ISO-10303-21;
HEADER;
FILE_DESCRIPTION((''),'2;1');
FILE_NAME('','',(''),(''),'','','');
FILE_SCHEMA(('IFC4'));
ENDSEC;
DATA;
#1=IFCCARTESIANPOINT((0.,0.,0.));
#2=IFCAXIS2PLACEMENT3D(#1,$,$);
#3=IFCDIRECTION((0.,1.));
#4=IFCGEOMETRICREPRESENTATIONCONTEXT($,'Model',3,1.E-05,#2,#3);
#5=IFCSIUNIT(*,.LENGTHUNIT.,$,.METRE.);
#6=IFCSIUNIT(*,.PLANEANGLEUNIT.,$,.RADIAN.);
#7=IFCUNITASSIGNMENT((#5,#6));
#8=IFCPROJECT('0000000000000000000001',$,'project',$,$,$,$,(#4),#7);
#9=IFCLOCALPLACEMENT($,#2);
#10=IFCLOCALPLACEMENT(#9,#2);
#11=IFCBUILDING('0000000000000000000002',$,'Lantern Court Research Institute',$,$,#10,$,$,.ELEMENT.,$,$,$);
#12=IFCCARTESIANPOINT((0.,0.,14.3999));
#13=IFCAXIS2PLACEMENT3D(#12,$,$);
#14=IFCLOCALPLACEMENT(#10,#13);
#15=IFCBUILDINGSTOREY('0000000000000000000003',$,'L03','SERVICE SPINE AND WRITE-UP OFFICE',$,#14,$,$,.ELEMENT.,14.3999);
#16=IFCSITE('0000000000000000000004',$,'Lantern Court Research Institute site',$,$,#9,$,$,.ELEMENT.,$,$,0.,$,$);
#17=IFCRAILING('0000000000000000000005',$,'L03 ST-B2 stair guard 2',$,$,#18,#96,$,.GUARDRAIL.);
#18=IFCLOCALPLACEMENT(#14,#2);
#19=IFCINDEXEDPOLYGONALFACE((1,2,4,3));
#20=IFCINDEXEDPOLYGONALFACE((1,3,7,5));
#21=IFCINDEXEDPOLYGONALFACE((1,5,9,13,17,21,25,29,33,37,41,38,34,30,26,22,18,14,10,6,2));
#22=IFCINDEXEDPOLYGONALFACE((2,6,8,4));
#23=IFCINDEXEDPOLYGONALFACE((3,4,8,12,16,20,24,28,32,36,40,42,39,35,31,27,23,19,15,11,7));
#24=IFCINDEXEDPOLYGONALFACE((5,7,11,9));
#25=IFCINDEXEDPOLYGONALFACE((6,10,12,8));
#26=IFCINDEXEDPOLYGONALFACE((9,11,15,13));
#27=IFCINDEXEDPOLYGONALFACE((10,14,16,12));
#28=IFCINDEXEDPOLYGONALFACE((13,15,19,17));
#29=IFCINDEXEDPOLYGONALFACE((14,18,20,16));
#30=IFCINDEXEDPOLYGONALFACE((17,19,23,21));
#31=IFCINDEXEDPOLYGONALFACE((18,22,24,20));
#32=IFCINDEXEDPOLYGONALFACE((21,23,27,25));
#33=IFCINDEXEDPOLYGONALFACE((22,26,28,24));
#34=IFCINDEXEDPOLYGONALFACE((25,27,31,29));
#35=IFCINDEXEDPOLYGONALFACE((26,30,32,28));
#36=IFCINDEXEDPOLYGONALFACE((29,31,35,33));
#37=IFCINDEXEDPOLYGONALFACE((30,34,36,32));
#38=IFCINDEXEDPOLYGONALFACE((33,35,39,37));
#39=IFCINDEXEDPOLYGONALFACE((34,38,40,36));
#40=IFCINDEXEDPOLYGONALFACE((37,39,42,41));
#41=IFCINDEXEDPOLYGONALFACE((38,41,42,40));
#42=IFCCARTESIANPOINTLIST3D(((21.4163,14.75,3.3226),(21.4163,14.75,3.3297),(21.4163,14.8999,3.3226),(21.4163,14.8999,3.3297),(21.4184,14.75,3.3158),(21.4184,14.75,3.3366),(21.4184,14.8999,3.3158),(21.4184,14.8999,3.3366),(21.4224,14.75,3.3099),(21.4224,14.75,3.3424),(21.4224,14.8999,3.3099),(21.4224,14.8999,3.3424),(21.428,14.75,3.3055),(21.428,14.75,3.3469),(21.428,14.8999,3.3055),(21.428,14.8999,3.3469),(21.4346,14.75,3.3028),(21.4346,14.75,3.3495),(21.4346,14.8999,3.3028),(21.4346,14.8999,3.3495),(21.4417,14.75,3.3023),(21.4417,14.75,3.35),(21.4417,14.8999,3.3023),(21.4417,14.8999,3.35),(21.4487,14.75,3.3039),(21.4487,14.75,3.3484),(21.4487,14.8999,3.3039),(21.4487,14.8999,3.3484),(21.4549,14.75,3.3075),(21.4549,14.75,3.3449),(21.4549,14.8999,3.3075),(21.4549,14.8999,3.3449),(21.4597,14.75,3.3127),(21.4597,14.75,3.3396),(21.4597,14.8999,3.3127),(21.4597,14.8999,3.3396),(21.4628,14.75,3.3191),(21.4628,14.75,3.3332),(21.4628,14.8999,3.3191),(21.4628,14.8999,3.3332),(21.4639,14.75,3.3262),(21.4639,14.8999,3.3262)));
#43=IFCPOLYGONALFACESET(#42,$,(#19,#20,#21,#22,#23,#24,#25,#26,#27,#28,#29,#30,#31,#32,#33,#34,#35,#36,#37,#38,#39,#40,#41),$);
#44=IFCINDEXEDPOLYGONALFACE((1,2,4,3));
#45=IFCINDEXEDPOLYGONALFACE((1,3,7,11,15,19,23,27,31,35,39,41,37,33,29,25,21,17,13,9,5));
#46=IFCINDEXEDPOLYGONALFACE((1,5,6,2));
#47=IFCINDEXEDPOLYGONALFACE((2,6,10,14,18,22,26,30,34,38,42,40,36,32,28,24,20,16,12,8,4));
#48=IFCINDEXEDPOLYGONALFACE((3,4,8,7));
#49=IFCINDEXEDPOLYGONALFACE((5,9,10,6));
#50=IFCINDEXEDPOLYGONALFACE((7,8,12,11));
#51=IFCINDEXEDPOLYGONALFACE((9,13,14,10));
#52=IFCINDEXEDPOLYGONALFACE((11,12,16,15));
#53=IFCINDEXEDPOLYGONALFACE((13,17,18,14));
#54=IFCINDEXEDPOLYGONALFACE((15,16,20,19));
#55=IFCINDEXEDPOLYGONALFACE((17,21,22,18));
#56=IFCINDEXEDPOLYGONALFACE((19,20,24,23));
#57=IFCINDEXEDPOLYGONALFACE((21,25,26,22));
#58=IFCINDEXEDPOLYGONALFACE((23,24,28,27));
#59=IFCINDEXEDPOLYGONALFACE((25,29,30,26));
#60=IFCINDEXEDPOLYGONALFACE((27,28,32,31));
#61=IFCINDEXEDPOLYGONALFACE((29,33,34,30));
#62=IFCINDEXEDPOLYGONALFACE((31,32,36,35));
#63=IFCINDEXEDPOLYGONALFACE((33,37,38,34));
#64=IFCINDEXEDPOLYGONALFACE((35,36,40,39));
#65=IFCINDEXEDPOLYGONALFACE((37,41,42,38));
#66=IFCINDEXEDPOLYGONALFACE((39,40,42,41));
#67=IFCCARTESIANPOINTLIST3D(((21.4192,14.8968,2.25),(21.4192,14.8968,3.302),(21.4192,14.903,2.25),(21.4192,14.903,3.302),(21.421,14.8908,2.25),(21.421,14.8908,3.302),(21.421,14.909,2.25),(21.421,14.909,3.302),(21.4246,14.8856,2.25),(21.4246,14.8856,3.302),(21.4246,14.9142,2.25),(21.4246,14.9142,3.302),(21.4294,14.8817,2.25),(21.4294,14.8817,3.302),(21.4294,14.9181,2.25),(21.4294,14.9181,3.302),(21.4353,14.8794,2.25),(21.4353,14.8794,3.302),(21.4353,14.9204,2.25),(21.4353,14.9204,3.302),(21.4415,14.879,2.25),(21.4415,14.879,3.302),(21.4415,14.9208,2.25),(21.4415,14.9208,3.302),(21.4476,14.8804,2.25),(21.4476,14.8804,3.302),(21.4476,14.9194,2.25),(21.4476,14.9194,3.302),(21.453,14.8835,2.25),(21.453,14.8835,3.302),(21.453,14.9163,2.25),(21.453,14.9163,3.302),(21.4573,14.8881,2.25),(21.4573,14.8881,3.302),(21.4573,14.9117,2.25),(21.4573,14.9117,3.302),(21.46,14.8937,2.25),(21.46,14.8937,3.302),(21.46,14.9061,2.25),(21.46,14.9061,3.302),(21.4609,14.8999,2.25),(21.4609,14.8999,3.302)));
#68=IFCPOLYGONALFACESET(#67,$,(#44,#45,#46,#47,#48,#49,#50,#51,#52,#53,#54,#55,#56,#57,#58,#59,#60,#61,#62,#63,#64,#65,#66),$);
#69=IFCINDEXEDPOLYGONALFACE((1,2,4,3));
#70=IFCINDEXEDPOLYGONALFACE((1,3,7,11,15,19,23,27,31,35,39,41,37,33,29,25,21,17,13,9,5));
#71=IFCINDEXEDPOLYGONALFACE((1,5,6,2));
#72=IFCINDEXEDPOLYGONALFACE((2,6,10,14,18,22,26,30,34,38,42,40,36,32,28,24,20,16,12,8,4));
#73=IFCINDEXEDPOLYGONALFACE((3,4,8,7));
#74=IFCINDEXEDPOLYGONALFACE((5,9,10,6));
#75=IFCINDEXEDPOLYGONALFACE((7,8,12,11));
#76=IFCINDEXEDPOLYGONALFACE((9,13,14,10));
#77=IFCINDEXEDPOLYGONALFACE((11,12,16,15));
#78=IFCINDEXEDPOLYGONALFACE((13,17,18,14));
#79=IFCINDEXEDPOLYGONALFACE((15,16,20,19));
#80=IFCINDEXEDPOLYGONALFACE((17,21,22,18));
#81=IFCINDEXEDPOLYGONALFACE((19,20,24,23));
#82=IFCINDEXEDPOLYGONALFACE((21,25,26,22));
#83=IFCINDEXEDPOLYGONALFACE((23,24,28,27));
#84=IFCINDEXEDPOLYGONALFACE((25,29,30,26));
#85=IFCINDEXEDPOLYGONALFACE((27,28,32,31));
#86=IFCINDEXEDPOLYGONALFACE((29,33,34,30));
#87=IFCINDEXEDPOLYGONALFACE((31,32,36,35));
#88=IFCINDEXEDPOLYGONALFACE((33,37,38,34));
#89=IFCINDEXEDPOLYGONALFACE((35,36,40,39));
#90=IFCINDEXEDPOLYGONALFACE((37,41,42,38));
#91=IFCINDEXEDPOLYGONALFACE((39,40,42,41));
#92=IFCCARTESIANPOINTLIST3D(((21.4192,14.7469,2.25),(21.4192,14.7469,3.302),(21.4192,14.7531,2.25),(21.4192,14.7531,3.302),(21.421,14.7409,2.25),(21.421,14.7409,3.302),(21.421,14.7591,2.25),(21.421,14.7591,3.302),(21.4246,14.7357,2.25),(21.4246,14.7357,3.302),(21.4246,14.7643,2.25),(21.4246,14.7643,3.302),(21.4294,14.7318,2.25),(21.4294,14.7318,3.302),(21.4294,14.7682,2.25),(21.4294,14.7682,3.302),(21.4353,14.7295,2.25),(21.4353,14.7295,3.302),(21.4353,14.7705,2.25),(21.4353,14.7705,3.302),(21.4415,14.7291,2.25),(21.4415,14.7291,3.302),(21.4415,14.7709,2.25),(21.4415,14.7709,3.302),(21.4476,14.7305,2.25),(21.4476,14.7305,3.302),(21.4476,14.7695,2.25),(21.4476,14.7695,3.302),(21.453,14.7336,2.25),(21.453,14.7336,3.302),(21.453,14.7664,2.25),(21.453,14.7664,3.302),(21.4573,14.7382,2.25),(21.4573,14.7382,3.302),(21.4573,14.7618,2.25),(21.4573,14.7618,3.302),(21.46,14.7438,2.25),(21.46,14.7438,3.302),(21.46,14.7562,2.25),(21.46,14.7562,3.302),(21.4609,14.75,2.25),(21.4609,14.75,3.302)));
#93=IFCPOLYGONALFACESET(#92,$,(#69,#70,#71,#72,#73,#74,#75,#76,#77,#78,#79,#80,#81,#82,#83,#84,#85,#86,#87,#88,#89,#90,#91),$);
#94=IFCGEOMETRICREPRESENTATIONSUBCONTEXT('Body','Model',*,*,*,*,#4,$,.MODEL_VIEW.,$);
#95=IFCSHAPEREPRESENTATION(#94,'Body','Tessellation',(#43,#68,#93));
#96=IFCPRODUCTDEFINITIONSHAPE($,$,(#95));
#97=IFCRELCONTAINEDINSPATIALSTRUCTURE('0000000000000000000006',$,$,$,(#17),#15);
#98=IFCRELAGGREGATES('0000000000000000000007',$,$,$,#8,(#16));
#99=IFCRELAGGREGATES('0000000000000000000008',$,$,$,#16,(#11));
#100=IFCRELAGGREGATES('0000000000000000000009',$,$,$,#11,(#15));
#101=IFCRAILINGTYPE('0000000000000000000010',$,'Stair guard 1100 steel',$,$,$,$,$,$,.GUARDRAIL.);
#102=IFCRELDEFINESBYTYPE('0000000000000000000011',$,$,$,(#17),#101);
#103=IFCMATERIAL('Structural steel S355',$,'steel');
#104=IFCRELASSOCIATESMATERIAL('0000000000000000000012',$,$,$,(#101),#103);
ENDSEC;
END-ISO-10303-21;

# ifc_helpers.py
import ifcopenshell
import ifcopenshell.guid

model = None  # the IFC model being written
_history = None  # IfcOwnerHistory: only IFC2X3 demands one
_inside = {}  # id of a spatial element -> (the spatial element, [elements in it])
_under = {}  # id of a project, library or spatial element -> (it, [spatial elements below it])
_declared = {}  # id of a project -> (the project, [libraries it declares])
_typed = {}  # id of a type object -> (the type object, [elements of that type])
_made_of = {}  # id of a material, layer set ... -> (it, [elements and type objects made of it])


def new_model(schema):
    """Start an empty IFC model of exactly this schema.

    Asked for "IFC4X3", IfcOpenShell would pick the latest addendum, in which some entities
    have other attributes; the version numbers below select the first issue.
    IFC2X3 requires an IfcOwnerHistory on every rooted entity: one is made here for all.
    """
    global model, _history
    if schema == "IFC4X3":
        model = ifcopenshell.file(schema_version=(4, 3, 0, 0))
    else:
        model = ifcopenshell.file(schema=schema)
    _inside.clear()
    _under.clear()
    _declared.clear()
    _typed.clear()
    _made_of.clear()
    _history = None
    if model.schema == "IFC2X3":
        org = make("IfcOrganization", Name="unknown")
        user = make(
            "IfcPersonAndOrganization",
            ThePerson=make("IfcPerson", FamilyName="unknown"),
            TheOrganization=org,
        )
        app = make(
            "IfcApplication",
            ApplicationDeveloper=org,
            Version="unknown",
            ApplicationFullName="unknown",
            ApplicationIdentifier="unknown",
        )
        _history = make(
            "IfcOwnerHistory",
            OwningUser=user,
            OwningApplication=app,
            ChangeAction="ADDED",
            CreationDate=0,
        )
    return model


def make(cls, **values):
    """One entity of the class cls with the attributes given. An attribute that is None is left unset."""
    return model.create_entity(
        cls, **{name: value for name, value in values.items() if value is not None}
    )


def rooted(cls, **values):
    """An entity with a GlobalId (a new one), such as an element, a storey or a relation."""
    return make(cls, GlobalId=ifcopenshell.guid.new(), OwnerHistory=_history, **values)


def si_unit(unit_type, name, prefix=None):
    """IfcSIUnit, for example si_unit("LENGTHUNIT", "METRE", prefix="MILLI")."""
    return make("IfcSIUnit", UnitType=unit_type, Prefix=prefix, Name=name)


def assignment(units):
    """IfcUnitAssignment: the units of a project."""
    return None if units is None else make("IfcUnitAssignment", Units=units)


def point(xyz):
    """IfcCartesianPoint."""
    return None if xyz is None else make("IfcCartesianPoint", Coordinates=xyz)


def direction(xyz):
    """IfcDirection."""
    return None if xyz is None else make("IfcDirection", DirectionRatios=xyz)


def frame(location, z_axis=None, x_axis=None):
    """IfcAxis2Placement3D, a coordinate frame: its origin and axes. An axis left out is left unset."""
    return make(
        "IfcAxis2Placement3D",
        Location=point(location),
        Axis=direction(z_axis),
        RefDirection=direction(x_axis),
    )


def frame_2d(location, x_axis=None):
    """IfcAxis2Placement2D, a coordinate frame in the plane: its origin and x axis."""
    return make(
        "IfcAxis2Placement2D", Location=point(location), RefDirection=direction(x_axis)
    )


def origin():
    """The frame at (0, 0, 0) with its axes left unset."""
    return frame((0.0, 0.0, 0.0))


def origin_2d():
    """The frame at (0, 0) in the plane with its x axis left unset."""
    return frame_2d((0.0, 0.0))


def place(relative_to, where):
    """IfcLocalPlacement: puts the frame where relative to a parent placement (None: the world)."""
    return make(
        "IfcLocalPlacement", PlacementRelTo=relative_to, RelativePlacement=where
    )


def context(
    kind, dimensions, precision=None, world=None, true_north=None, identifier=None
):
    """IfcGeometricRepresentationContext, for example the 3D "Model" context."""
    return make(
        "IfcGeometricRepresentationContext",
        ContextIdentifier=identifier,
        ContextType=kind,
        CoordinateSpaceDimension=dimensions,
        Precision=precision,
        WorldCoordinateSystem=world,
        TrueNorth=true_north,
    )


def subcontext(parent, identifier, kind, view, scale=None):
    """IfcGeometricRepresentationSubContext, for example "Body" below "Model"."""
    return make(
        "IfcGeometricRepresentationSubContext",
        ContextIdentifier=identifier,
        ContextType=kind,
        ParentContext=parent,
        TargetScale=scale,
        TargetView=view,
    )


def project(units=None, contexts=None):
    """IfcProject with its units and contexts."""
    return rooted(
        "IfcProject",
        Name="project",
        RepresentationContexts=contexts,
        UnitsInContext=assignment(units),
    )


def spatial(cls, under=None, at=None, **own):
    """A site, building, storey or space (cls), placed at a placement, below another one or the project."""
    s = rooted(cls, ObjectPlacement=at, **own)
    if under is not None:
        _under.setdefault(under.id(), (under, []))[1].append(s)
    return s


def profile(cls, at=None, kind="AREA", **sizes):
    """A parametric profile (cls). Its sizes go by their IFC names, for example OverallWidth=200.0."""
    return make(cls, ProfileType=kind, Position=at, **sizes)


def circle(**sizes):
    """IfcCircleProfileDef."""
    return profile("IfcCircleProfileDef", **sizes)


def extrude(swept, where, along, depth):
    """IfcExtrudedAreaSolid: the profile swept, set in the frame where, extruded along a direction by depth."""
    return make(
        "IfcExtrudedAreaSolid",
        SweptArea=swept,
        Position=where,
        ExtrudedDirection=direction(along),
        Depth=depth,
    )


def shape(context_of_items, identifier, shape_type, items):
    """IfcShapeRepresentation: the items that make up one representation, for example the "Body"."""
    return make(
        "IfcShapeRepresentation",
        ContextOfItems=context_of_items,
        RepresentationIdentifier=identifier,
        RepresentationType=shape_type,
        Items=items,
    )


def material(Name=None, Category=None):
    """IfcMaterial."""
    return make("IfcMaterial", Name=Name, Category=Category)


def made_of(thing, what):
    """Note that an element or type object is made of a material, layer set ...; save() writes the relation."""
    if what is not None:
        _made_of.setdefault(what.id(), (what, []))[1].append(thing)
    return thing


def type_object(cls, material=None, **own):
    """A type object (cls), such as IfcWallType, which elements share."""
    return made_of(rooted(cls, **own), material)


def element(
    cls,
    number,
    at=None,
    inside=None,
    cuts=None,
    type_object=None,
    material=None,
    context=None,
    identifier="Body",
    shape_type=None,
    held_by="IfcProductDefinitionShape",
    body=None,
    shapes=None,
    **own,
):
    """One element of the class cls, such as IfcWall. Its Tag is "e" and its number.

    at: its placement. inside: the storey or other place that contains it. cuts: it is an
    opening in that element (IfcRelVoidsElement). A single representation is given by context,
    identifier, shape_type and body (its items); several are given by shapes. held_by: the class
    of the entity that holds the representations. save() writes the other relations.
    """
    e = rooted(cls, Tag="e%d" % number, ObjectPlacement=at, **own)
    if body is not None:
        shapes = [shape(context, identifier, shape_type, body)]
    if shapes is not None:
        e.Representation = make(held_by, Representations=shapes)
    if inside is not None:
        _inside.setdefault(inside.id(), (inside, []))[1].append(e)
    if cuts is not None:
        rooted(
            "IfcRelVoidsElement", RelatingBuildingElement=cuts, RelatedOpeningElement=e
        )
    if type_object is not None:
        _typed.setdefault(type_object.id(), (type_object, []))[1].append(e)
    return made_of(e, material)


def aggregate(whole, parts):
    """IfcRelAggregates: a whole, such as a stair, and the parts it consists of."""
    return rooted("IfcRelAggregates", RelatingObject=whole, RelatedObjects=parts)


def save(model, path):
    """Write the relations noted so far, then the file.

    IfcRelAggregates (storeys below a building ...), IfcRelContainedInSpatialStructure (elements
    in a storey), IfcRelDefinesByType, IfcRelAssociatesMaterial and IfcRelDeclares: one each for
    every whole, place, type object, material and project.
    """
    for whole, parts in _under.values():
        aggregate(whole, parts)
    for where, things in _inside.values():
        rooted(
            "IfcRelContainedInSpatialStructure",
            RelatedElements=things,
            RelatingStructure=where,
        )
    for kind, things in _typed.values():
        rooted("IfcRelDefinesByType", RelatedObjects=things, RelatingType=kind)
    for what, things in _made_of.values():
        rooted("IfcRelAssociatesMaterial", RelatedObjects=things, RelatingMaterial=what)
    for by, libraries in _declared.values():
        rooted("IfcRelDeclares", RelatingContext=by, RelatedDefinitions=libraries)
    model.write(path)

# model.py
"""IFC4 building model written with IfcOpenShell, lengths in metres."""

from ifc_helpers import new_model, si_unit, direction, frame, origin, origin_2d, place, context, subcontext, project, spatial, circle, extrude, material, type_object, element, save


model = new_model("IFC4")

# Units and contexts
model_context = context("Model", 3, precision=1e-05, world=origin(), true_north=direction((0.0, 1.0)))
body_context = subcontext(model_context, "Body", "Model", "MODEL_VIEW")
ifc_project = project(units=[si_unit("LENGTHUNIT", "METRE"), si_unit("PLANEANGLEUNIT", "RADIAN")], contexts=[model_context])

# Site, building, storey
site_placement = place(None, origin())
site = spatial("IfcSite", under=ifc_project, at=site_placement, Name="Lantern Court Research Institute site", CompositionType="ELEMENT", RefElevation=0.0)
building_placement = place(site_placement, origin())
building = spatial("IfcBuilding", under=site, at=building_placement, Name="Lantern Court Research Institute", CompositionType="ELEMENT")
storey_placement = place(building_placement, frame((0.0, 0.0, 14.3999)))
storey = spatial("IfcBuildingStorey", under=building, at=storey_placement, Name="L03", Description="SERVICE SPINE AND WRITE-UP OFFICE", CompositionType="ELEMENT", Elevation=14.3999)

# Railing
ifc_material_1 = material(Name="Structural steel S355", Category="steel")
railing_type_1 = type_object("IfcRailingType", Name="Stair guard 1100 steel", PredefinedType="GUARDRAIL", material=ifc_material_1)
railing_1_placement = place(storey_placement, frame((21.4399, 14.8999, 2.25)))
element("IfcRailing", 1, at=railing_1_placement, inside=storey, type_object=railing_type_1, Name="L03 ST-B2 stair guard 2", PredefinedType="GUARDRAIL", context=body_context, shape_type="SweptSolid", body=[
    extrude(circle(Radius=0.0239, at=origin_2d()), frame((0.0, 0.0, 1.0762), z_axis=(0.0, -1.0, 0.0), x_axis=(1.0, 0.0, 0.0)), (0.0, 0.0, 1.0), 0.1499),
    extrude(circle(Radius=0.021, at=origin_2d()), origin(), (0.0, 0.0, 1.0), 1.052),
    extrude(circle(Radius=0.021, at=origin_2d()), frame((0.0, -0.1499, 0.0)), (0.0, 0.0, 1.0), 1.052),
])

save(model, "model.ifc")
